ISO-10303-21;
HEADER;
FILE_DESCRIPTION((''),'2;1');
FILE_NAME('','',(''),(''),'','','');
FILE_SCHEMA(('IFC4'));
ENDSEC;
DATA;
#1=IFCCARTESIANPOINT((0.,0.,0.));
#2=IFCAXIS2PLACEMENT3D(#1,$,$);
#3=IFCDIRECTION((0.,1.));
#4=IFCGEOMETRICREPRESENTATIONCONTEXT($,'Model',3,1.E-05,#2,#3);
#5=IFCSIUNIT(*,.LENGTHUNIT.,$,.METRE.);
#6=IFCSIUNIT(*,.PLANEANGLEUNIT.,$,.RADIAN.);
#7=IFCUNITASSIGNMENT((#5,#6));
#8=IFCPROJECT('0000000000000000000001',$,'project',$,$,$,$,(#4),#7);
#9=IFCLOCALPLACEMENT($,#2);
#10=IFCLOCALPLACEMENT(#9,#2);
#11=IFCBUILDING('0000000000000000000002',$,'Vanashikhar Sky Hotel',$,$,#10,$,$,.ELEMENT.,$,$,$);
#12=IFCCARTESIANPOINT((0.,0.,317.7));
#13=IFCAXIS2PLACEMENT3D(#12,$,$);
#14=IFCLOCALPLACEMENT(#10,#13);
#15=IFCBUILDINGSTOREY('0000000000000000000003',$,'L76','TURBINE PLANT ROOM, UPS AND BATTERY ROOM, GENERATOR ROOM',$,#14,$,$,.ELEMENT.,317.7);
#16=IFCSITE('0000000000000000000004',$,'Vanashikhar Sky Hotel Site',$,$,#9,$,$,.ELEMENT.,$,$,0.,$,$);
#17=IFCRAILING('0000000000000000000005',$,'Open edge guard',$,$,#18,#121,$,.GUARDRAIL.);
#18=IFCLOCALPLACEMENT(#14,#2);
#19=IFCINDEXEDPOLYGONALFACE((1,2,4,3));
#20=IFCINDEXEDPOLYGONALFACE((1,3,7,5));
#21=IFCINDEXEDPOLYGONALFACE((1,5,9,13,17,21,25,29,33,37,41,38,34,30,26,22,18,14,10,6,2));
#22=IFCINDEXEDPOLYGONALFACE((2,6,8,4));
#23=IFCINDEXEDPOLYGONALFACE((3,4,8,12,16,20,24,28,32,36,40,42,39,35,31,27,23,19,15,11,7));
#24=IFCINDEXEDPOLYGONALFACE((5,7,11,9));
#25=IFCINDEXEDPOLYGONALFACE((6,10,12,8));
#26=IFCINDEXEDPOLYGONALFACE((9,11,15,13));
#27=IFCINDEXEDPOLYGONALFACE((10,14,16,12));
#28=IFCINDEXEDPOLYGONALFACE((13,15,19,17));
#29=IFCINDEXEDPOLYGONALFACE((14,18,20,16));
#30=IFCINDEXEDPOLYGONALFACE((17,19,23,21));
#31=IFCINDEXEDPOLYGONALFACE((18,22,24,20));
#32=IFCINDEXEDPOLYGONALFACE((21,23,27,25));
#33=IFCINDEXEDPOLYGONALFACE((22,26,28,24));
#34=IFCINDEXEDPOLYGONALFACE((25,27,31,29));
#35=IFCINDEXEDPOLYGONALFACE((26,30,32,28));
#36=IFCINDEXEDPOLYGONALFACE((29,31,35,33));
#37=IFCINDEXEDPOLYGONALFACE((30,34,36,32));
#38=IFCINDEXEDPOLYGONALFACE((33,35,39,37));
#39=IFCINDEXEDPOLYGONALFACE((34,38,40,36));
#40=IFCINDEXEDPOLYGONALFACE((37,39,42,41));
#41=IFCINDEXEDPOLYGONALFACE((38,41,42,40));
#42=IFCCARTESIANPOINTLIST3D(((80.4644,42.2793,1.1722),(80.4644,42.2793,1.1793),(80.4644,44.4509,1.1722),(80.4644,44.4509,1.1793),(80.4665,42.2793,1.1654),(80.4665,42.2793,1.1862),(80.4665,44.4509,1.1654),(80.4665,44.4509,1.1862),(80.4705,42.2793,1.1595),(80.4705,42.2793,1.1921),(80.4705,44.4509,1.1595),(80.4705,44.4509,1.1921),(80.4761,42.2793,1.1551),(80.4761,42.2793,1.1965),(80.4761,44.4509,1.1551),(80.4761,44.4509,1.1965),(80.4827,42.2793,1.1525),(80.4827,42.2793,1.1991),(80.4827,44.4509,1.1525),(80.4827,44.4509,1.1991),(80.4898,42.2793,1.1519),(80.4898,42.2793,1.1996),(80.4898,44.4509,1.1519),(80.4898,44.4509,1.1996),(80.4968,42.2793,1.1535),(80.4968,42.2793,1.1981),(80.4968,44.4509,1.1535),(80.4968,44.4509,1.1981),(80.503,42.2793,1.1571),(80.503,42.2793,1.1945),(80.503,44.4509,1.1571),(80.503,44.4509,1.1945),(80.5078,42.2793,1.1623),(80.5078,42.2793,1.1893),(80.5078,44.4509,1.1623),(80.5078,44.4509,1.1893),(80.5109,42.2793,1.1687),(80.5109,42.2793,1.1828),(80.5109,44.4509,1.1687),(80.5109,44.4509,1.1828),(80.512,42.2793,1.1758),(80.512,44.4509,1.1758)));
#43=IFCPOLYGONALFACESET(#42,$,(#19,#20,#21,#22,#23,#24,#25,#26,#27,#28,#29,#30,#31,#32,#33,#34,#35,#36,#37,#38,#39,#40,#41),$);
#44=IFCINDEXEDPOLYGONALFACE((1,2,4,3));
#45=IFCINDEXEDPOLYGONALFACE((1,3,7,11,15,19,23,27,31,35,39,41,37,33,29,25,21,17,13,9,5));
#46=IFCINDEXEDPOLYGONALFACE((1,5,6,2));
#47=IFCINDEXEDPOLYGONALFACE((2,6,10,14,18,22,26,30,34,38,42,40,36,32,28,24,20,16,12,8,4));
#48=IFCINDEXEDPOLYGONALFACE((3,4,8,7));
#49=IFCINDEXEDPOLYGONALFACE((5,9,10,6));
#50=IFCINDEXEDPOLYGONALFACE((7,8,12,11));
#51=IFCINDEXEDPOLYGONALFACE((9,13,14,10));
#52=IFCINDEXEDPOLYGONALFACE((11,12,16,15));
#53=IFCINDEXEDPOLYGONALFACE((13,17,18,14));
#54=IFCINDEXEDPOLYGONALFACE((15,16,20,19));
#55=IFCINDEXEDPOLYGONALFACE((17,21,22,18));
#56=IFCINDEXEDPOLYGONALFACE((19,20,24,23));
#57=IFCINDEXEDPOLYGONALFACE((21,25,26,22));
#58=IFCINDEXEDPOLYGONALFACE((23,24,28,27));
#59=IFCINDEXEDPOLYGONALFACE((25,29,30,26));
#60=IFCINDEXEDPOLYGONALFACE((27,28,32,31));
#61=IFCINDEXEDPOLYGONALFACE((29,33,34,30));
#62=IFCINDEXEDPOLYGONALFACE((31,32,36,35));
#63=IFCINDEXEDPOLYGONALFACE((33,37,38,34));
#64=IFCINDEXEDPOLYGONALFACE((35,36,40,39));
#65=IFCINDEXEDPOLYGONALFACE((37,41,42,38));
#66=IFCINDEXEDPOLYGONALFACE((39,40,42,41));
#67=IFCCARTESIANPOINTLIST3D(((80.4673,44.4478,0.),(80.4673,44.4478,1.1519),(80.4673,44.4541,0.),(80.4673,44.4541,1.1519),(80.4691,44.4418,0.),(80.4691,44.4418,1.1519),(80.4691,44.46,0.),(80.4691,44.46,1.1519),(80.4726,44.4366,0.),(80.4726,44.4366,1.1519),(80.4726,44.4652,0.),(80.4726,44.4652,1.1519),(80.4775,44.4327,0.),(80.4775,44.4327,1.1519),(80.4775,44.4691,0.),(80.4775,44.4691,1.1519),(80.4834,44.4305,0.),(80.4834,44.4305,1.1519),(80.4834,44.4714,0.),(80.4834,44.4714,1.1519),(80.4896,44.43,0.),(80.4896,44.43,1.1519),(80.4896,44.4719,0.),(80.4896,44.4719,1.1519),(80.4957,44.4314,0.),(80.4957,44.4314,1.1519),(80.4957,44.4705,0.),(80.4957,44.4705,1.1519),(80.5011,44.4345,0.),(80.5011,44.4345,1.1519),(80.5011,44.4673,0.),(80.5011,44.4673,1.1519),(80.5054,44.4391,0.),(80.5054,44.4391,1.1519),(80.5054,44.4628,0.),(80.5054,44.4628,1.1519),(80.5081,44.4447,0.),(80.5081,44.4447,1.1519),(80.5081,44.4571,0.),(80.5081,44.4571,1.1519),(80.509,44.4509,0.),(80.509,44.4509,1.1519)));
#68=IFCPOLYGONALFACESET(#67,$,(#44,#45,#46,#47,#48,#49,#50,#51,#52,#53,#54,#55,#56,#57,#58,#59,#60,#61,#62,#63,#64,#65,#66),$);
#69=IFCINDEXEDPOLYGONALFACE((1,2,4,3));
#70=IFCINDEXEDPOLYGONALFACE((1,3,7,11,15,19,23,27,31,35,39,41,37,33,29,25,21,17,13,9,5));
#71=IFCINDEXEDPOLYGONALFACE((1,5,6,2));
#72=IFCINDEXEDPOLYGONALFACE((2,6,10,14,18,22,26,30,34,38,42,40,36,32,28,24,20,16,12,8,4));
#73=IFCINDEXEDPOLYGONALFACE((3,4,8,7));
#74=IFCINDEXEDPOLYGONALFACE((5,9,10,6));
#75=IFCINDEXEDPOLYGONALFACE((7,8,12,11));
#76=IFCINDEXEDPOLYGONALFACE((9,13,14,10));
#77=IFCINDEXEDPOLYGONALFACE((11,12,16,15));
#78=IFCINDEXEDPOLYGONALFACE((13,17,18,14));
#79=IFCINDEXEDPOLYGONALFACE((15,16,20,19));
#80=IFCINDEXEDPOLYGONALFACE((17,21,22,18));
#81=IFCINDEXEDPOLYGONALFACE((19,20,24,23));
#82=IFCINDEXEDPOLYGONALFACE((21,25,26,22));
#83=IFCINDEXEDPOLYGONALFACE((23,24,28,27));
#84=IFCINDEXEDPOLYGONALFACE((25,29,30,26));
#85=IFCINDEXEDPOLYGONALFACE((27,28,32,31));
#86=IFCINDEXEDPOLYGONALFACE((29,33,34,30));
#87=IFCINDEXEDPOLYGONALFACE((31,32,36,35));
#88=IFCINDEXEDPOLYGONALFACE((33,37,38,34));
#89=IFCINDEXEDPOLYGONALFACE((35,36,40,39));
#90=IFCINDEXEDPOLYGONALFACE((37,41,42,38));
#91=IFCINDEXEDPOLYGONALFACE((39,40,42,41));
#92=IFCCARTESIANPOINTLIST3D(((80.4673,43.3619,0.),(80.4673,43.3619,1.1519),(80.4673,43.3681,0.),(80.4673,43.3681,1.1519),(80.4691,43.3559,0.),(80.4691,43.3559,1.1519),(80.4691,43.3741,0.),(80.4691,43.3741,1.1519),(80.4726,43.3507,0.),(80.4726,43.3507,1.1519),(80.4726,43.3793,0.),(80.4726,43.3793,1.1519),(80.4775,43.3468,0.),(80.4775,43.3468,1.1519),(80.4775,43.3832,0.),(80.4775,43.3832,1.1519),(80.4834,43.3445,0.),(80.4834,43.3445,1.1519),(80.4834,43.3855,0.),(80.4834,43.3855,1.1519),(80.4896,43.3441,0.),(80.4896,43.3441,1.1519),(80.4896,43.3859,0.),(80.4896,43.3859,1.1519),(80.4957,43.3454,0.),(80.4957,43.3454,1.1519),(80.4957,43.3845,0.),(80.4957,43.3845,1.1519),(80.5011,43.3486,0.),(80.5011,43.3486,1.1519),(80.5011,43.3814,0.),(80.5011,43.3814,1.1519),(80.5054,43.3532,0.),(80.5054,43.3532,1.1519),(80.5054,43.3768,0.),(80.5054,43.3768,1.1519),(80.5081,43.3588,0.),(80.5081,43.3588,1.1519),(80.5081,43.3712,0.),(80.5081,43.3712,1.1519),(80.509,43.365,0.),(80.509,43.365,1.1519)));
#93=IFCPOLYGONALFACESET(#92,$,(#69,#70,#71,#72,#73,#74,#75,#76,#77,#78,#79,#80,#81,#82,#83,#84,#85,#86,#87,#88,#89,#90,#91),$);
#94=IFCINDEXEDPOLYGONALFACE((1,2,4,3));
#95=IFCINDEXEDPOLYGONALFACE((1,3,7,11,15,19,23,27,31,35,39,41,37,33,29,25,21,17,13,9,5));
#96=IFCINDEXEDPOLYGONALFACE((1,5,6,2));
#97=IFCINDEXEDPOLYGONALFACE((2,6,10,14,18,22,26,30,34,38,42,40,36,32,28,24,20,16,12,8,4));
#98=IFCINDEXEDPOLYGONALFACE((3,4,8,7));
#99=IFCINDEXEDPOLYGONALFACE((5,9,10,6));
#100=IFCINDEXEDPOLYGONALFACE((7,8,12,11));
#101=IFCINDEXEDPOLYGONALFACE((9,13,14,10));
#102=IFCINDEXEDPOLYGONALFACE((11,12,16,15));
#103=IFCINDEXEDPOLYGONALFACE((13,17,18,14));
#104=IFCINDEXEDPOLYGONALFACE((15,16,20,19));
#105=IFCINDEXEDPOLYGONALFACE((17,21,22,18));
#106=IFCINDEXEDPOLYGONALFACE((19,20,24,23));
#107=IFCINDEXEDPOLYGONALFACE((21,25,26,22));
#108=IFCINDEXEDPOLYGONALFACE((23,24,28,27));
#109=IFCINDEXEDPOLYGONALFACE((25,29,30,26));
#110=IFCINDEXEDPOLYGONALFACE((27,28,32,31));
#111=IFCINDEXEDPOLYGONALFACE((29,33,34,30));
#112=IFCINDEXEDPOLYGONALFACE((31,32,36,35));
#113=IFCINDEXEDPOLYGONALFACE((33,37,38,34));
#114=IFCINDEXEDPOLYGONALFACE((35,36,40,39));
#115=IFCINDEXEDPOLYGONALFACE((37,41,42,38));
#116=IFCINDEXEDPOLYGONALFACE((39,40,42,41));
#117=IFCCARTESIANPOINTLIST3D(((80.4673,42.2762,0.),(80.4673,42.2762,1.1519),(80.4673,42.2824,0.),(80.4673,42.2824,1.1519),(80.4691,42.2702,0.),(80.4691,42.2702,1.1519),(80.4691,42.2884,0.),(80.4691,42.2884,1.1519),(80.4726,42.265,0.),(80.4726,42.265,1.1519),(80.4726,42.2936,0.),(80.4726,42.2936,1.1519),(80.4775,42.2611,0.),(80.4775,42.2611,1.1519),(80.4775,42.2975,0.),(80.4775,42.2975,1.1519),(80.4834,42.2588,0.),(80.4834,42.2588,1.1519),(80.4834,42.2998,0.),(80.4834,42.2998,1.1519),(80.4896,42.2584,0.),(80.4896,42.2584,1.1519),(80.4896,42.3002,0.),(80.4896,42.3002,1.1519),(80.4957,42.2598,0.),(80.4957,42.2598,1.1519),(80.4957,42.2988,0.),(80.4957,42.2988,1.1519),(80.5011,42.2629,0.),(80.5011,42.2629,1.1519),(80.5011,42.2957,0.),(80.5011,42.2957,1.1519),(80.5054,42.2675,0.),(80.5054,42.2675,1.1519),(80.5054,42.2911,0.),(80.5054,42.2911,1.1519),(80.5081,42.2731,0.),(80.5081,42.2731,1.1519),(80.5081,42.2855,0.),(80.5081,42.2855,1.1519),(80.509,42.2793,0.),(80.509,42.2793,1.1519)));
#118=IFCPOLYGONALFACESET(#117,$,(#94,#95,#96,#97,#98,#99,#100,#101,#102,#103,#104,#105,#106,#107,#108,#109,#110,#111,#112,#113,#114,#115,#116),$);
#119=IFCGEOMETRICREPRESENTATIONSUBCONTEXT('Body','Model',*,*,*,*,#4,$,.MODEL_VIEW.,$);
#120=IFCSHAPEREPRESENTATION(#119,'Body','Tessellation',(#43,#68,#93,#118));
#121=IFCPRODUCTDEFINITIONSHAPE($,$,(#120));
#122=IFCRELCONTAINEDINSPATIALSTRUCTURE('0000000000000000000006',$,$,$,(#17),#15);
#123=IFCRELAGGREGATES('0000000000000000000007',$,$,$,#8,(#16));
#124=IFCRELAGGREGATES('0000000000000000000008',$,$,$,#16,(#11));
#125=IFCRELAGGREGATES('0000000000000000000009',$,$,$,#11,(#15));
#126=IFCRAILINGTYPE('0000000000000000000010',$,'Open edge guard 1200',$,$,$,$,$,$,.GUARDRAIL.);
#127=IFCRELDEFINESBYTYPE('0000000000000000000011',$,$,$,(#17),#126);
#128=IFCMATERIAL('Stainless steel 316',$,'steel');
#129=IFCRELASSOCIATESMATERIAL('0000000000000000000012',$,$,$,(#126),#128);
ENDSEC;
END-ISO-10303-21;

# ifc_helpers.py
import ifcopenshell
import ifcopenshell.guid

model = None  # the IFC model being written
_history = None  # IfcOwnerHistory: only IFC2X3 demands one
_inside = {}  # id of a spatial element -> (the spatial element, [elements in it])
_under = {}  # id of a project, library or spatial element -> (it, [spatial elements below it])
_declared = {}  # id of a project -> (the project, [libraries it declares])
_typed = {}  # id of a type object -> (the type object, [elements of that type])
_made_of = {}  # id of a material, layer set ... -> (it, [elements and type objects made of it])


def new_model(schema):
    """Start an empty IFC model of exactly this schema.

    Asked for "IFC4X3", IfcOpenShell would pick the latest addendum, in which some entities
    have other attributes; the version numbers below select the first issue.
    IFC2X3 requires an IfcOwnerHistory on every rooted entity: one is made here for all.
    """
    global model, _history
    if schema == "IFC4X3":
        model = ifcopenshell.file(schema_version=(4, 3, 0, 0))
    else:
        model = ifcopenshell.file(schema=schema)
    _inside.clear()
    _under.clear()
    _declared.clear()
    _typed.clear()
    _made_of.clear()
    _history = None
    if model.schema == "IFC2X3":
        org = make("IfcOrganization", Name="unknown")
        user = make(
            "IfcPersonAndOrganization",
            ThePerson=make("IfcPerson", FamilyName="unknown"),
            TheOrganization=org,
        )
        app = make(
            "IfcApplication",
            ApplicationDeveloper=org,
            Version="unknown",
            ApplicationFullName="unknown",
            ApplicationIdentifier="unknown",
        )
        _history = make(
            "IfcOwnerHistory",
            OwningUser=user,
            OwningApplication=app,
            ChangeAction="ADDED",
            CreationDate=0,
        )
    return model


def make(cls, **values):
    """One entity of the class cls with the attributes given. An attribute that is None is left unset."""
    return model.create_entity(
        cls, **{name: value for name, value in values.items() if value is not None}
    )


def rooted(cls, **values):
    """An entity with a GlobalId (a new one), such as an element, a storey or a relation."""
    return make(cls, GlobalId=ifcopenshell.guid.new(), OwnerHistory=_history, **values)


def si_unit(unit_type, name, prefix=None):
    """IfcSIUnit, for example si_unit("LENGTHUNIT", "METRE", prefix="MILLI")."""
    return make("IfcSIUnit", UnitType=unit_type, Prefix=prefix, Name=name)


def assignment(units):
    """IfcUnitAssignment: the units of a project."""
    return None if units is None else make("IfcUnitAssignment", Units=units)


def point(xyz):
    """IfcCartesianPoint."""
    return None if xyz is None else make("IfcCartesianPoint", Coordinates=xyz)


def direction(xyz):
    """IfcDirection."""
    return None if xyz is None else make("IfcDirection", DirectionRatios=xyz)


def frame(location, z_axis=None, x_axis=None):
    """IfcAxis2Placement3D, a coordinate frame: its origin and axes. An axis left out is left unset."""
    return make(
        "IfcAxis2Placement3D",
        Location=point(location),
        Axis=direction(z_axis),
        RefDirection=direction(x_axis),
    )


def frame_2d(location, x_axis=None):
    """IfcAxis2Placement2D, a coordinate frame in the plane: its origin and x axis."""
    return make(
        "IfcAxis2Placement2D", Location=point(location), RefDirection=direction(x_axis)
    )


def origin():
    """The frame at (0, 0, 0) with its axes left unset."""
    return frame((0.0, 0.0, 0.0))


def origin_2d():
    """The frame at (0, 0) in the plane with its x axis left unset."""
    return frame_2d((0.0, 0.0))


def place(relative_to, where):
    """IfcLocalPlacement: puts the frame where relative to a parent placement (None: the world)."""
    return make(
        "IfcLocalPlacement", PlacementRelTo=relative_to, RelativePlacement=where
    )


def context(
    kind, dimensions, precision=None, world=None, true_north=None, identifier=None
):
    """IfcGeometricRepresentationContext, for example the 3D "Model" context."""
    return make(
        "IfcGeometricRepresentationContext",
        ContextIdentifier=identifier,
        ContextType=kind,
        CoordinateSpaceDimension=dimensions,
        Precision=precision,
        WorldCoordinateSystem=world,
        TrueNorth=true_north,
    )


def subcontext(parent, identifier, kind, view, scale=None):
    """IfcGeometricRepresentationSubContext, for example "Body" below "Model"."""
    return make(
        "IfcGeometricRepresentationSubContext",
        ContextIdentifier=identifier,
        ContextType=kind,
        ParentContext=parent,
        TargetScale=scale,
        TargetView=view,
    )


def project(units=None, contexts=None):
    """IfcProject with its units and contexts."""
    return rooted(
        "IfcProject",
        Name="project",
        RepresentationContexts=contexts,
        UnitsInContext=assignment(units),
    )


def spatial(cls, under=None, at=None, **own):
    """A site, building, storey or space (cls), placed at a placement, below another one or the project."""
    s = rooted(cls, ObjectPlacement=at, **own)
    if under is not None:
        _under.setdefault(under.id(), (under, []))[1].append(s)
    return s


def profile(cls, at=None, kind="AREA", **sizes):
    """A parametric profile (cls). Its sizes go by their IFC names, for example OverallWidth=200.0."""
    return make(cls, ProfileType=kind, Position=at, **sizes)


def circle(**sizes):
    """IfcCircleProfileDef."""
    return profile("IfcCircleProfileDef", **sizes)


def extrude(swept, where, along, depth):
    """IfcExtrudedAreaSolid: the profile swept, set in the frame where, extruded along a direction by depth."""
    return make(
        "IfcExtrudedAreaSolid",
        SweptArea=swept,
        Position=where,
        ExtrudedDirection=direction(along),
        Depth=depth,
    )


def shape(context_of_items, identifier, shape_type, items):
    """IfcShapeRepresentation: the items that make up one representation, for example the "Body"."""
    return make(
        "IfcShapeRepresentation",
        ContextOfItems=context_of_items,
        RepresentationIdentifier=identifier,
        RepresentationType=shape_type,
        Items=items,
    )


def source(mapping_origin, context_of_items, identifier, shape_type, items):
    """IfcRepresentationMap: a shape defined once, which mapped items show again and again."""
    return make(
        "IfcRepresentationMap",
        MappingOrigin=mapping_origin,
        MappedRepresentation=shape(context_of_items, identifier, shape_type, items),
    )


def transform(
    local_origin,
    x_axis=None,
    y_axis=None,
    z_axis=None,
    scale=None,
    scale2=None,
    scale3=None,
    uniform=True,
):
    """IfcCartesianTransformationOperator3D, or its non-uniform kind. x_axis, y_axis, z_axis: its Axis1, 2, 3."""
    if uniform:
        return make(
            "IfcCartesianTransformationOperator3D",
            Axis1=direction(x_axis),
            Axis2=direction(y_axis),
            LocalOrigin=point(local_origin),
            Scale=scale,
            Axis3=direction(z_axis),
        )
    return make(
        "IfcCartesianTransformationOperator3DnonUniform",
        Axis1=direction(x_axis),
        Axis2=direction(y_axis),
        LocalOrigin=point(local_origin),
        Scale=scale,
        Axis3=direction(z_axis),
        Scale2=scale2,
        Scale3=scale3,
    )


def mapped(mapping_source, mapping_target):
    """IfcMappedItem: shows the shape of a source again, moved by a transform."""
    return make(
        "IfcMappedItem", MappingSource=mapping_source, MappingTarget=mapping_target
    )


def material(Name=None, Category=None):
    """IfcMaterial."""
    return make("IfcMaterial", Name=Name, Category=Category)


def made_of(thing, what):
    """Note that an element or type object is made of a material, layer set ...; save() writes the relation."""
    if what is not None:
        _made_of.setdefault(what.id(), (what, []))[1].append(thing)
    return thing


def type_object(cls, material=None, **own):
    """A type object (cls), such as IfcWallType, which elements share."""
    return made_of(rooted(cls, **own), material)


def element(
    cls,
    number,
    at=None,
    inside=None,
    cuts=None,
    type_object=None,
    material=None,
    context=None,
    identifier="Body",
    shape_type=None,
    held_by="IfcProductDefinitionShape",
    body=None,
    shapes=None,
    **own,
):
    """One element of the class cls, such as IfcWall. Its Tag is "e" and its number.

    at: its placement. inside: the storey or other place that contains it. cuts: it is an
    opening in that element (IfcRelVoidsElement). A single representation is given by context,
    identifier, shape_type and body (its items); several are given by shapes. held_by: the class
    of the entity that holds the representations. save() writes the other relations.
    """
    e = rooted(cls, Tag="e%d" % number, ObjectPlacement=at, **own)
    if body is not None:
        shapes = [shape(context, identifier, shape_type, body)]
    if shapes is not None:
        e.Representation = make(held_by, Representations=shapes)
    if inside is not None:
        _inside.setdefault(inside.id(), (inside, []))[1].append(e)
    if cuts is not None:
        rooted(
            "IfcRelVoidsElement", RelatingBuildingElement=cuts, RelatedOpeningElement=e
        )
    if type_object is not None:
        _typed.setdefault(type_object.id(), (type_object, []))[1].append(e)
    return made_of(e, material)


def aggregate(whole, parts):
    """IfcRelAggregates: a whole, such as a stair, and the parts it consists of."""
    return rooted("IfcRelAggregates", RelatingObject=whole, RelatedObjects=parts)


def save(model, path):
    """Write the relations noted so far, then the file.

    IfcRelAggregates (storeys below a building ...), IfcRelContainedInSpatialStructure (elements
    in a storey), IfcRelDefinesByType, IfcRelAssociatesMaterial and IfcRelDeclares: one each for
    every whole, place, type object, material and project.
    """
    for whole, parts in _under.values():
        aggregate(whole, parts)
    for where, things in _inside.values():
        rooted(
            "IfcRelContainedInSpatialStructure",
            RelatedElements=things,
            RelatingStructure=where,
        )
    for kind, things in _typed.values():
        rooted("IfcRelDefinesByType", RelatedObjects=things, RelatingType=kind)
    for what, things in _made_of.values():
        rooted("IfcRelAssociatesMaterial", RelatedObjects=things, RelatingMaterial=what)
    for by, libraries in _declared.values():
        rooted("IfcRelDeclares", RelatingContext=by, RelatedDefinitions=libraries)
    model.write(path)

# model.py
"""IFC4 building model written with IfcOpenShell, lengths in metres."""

from ifc_helpers import new_model, si_unit, direction, frame, origin, origin_2d, place, context, subcontext, project, spatial, circle, extrude, source, transform, mapped, material, type_object, element, save


model = new_model("IFC4")

# Units and contexts
model_context = context("Model", 3, precision=1e-05, world=origin(), true_north=direction((0.0, 1.0)))
body_context = subcontext(model_context, "Body", "Model", "MODEL_VIEW")
ifc_project = project(units=[si_unit("LENGTHUNIT", "METRE"), si_unit("PLANEANGLEUNIT", "RADIAN")], contexts=[model_context])

# Site, building, storey
site_placement = place(None, origin())
site = spatial("IfcSite", under=ifc_project, at=site_placement, Name="Vanashikhar Sky Hotel Site", CompositionType="ELEMENT", RefElevation=0.0)
building_placement = place(site_placement, origin())
building = spatial("IfcBuilding", under=site, at=building_placement, Name="Vanashikhar Sky Hotel", CompositionType="ELEMENT")
storey_placement = place(building_placement, frame((0.0, 0.0, 317.7)))
storey = spatial("IfcBuildingStorey", under=building, at=storey_placement, Name="L76", Description="TURBINE PLANT ROOM, UPS AND BATTERY ROOM, GENERATOR ROOM", CompositionType="ELEMENT", Elevation=317.7)

# Shared definitions
ifc_material_1 = material(Name="Stainless steel 316", Category="steel")
railing_type = type_object("IfcRailingType", Name="Open edge guard 1200", PredefinedType="GUARDRAIL", material=ifc_material_1)

# Railing
shared_shape_1 = source(origin(), body_context, "Body", "SweptSolid", [
    extrude(circle(Radius=0.0239, at=origin_2d()), frame((0.0, 0.0, 1.1758), z_axis=(0.0, -1.0, 0.0), x_axis=(1.0, 0.0, 0.0)), (0.0, 0.0, 1.0), 2.1716),
    extrude(circle(Radius=0.021, at=origin_2d()), origin(), (0.0, 0.0, 1.0), 1.1519),
    extrude(circle(Radius=0.021, at=origin_2d()), frame((0.0, -1.0859, 0.0)), (0.0, 0.0, 1.0), 1.1519),
    extrude(circle(Radius=0.021, at=origin_2d()), frame((0.0, -2.1716, 0.0)), (0.0, 0.0, 1.0), 1.1519),
])
railing_1_placement = place(storey_placement, frame((80.488, 44.4509, 0.0)))
element("IfcRailing", 1, at=railing_1_placement, inside=storey, type_object=railing_type, Name="Open edge guard", PredefinedType="GUARDRAIL", context=body_context, shape_type="MappedRepresentation", body=[
    mapped(shared_shape_1, transform((0.0, 0.0, 0.0), scale=1.0)),
])

save(model, "model.ifc")
